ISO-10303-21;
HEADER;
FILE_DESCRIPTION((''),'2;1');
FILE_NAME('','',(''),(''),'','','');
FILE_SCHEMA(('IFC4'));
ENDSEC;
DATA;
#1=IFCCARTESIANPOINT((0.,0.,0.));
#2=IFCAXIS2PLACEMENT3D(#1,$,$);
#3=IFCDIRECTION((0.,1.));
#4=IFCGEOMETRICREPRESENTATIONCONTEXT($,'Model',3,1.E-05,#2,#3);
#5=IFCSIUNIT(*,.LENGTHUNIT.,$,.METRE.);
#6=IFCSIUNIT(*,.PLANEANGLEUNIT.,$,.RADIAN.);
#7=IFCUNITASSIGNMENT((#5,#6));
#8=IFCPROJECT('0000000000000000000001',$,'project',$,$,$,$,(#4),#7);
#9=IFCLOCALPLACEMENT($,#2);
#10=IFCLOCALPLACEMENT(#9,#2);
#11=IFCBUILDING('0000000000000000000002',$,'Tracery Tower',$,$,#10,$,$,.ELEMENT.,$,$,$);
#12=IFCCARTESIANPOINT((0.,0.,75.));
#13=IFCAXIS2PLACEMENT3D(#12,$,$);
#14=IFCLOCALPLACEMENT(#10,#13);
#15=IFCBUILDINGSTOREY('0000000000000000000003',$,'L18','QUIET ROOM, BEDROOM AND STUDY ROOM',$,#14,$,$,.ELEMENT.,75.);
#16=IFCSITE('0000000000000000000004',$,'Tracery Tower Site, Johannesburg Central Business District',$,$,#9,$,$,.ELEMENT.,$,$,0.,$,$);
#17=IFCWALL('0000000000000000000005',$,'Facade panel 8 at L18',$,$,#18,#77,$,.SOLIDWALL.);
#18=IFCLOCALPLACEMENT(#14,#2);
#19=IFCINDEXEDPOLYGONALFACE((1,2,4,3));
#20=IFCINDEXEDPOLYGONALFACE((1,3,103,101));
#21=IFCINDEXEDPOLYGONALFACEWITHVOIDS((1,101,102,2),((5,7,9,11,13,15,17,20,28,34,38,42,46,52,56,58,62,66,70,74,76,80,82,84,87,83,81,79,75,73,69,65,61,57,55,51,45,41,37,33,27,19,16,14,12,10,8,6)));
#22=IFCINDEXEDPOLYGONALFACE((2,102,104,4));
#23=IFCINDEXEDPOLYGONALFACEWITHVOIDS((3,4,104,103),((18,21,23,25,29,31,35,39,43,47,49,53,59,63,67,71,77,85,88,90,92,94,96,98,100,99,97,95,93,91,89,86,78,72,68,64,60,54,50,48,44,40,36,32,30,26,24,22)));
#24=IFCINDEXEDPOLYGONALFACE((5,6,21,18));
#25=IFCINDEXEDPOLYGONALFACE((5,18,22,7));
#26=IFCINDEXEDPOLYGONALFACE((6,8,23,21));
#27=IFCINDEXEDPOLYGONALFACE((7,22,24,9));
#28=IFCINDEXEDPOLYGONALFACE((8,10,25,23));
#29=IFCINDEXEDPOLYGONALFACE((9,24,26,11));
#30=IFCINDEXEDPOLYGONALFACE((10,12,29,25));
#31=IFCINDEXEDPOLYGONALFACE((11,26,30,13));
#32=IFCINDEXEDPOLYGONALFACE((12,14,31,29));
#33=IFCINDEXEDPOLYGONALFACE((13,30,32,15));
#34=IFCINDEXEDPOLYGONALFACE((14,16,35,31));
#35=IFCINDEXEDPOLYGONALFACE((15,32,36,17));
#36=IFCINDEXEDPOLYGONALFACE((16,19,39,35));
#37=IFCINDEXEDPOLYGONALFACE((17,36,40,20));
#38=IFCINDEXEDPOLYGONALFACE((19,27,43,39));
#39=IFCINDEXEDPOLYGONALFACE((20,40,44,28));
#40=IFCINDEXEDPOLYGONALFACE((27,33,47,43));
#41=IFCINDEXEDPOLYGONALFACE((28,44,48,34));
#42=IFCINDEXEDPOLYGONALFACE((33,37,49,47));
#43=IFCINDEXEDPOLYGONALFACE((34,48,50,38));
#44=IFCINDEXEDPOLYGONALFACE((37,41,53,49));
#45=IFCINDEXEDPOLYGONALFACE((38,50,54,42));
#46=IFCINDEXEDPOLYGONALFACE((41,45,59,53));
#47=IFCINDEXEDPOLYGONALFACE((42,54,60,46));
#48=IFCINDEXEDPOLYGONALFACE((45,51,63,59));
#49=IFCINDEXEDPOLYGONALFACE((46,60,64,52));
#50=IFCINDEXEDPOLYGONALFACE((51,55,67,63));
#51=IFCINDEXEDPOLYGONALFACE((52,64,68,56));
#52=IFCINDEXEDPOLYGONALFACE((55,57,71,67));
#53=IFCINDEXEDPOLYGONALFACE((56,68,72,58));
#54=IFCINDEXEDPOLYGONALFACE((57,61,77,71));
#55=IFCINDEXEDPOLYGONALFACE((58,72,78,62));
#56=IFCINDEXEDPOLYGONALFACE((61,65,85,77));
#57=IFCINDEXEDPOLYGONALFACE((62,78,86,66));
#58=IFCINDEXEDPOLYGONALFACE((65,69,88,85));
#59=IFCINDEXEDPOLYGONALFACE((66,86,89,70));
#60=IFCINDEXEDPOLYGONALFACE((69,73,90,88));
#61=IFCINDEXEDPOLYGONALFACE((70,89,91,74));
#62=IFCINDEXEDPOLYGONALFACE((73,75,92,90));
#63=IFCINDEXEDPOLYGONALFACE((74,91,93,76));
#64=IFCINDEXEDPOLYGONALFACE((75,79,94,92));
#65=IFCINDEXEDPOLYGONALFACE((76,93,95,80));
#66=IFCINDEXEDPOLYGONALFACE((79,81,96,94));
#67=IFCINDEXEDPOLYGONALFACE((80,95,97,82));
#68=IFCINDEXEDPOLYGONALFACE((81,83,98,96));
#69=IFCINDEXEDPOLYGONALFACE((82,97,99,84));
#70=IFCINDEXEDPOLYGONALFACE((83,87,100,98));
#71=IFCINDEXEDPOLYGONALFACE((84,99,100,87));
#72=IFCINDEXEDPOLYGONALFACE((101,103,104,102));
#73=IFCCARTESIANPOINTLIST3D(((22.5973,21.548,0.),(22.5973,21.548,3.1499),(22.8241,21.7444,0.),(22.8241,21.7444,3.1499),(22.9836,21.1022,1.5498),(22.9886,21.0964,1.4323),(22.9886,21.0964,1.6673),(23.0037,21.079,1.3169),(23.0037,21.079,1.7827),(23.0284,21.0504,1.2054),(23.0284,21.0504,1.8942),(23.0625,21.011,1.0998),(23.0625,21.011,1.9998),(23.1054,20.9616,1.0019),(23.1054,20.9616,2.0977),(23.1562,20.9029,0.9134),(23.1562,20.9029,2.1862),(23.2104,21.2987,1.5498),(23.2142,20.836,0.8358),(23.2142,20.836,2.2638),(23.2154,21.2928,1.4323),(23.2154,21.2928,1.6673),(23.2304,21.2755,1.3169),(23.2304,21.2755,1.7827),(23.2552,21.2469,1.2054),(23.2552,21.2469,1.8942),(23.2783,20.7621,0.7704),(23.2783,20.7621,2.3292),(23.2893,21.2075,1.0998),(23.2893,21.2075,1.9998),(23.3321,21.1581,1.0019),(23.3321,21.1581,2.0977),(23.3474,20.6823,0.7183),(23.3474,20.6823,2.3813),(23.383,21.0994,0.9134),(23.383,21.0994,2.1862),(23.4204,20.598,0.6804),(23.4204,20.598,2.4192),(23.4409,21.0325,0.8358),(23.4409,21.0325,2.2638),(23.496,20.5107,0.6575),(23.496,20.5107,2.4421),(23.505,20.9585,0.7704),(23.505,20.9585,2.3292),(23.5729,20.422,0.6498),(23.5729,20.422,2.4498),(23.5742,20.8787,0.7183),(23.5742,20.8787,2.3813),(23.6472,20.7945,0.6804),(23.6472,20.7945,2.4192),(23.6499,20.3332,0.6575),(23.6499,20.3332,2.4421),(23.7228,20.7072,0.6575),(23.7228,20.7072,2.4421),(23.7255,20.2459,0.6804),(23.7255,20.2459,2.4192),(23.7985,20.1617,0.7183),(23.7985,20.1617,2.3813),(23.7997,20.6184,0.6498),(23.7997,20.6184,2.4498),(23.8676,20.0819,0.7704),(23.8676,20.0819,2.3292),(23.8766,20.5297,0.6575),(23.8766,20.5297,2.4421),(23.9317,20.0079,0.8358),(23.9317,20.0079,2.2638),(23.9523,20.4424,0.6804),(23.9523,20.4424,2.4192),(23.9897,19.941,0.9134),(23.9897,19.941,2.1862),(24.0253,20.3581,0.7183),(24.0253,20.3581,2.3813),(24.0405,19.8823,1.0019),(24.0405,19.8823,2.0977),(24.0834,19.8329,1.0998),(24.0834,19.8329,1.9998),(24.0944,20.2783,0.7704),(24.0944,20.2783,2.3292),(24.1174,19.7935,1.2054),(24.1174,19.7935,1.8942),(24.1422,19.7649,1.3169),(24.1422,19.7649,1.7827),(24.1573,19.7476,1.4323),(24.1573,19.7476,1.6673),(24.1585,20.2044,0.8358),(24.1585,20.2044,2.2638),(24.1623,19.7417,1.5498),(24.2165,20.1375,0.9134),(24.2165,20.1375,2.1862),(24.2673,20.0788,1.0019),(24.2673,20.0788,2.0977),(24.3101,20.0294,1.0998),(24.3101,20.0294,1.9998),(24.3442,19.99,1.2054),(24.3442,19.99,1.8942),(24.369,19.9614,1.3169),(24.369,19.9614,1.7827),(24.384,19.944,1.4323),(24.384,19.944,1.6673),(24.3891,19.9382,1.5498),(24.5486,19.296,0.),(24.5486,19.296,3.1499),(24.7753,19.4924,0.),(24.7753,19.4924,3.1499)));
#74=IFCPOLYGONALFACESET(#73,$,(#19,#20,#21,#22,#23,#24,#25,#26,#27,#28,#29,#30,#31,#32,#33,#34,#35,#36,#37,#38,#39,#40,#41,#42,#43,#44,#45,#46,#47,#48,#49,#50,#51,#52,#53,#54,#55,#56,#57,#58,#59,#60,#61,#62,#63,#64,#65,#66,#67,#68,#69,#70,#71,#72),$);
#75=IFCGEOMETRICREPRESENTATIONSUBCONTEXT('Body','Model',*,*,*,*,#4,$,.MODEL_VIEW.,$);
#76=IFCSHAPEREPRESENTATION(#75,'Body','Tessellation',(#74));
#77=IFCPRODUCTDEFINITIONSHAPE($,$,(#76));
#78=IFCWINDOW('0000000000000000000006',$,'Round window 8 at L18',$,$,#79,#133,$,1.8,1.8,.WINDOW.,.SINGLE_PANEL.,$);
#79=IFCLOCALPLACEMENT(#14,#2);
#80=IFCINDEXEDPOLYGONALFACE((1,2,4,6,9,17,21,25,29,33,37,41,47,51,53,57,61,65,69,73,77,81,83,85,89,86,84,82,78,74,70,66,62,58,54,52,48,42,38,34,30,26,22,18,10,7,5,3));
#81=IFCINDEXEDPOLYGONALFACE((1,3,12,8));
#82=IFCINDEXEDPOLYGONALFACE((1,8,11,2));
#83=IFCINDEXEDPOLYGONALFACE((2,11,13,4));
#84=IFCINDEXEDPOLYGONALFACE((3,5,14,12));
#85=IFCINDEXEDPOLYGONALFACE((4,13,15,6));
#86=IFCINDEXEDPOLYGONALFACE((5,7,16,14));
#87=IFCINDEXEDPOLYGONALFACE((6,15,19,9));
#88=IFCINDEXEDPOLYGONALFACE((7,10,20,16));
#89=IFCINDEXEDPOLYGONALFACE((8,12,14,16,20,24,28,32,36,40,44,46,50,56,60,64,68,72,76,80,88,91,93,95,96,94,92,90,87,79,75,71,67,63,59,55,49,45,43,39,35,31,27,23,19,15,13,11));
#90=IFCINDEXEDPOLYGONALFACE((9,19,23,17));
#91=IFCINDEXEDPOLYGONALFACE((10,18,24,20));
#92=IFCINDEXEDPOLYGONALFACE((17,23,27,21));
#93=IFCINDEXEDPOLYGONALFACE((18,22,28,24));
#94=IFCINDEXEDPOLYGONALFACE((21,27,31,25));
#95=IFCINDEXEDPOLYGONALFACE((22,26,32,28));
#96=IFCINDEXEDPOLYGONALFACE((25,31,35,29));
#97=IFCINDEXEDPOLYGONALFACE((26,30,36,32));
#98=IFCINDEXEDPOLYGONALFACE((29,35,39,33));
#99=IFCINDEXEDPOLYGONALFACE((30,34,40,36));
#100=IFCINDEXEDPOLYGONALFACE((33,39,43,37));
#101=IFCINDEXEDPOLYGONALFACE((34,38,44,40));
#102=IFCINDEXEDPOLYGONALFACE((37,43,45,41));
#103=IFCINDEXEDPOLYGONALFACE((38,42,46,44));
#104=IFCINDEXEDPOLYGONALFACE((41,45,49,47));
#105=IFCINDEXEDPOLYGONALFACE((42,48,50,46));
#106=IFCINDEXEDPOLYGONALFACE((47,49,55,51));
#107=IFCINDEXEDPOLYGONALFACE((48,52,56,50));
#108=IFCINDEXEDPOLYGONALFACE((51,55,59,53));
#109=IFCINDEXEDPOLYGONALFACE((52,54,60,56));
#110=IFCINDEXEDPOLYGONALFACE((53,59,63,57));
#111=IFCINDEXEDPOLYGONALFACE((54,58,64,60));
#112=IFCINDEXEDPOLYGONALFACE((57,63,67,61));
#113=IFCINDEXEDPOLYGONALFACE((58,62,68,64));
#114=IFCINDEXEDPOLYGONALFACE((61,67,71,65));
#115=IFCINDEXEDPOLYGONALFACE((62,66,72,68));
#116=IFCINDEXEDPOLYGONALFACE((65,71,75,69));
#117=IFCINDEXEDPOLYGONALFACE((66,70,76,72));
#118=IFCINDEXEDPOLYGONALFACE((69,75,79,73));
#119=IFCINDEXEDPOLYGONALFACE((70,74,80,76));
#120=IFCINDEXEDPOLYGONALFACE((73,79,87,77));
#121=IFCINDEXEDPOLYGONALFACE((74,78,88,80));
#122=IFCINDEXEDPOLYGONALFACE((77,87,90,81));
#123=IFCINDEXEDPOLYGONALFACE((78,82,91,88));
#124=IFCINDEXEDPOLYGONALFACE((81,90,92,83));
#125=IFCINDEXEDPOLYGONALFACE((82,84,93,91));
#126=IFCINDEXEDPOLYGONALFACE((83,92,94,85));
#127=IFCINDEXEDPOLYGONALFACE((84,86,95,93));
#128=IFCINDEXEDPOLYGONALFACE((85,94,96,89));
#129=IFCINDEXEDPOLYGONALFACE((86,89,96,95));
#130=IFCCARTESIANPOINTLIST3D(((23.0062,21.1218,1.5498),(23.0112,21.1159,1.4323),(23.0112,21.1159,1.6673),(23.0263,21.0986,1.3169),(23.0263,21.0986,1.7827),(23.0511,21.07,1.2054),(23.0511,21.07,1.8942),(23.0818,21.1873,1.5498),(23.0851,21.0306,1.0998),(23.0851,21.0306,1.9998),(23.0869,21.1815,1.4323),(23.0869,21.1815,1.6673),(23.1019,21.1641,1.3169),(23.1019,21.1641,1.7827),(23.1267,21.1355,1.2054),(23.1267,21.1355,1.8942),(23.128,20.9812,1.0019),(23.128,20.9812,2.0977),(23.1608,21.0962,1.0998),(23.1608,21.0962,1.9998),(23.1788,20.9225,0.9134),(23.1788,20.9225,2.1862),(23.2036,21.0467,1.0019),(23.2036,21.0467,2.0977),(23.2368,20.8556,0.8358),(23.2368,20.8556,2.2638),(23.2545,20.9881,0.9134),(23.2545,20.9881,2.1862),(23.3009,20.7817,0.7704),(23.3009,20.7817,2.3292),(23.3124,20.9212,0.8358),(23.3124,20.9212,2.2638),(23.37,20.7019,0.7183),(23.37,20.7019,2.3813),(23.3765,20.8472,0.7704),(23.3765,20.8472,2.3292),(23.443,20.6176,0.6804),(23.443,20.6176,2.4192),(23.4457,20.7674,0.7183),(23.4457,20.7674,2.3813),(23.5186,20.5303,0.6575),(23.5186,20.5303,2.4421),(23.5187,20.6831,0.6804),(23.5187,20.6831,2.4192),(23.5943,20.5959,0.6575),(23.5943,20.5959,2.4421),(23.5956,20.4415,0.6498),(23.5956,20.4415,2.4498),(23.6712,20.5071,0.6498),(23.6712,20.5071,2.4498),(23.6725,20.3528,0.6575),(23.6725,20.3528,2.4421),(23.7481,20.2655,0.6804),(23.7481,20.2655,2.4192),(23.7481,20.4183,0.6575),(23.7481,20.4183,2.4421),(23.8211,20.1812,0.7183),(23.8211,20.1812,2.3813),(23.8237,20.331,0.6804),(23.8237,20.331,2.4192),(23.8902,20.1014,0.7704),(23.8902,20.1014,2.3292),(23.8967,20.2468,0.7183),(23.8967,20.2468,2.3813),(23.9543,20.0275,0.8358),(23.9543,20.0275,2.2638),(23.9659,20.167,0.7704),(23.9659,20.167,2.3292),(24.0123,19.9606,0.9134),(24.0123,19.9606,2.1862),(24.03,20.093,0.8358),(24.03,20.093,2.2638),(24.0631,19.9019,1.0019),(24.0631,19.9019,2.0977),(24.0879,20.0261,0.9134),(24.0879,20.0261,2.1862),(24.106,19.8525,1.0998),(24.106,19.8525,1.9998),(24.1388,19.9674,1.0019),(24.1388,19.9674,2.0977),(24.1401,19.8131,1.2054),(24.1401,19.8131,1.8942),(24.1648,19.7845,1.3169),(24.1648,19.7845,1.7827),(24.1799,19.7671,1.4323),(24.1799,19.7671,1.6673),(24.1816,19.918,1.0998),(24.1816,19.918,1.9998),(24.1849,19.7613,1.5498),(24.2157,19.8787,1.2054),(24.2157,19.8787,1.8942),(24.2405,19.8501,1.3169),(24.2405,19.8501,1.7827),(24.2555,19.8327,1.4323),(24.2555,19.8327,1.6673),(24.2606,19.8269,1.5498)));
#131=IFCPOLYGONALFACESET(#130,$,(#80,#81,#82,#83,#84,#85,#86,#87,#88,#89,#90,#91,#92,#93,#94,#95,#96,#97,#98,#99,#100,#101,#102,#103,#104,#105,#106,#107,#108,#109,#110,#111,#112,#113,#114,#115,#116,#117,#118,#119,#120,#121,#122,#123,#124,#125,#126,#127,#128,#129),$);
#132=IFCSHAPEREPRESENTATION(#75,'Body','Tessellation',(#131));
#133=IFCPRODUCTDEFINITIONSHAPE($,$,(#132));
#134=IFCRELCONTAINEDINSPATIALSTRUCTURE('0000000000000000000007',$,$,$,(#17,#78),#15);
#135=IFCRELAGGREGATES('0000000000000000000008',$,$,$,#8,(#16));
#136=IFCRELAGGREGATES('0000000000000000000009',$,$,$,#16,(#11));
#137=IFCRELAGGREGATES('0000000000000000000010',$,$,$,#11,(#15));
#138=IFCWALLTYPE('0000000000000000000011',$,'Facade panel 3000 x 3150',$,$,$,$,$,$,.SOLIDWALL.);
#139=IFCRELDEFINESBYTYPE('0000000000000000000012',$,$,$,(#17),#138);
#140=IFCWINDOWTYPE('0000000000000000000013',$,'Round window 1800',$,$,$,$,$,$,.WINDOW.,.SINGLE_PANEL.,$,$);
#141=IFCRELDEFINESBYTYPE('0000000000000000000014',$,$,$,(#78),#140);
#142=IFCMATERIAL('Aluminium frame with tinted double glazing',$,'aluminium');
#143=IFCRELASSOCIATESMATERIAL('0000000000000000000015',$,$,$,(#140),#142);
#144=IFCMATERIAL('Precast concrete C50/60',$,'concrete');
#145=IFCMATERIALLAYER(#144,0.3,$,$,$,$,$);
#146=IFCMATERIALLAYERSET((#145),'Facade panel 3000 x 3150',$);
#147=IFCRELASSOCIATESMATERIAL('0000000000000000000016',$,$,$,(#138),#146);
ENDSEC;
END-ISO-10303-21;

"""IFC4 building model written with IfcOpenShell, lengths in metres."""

from ifc_helpers import new_model, si_unit, direction, frame, frame_2d, origin, origin_2d, place, context, subcontext, project, spatial, rectangle, circle, extrude, material, layer, layer_set, type_object, element, fill, save


model = new_model("IFC4")

# Units and contexts
model_context = context("Model", 3, precision=1e-05, world=origin(), true_north=direction((0.0, 1.0)))
body_context = subcontext(model_context, "Body", "Model", "MODEL_VIEW")
ifc_project = project(units=[si_unit("LENGTHUNIT", "METRE"), si_unit("PLANEANGLEUNIT", "RADIAN")], contexts=[model_context])

# Site, building, storey
site_placement = place(None, origin())
site = spatial("IfcSite", under=ifc_project, at=site_placement, Name="Tracery Tower Site, Johannesburg Central Business District", CompositionType="ELEMENT", RefElevation=0.0)
building_placement = place(site_placement, origin())
building = spatial("IfcBuilding", under=site, at=building_placement, Name="Tracery Tower", CompositionType="ELEMENT")
storey_placement = place(building_placement, frame((0.0, 0.0, 75.0)))
storey = spatial("IfcBuildingStorey", under=building, at=storey_placement, Name="L18", Description="QUIET ROOM, BEDROOM AND STUDY ROOM", CompositionType="ELEMENT", Elevation=75.0)

# Wall, opening, window
ifc_material_1 = material(Name="Aluminium frame with tinted double glazing", Category="aluminium")
window_type = type_object("IfcWindowType", Name="Round window 1800", PartitioningType="SINGLE_PANEL", PredefinedType="WINDOW", material=ifc_material_1)
ifc_material_2 = material(Name="Precast concrete C50/60", Category="concrete")
ifc_layer_1 = layer(ifc_material_2, 0.3)
ifc_layer_set_1 = layer_set([ifc_layer_1], Name="Facade panel 3000 x 3150")
wall_type_1 = type_object("IfcWallType", Name="Facade panel 3000 x 3150", PredefinedType="SOLIDWALL", material=ifc_layer_set_1)
wall_1_placement = place(storey_placement, frame((24.6619, 19.3943, 0.0), z_axis=(0.0, 0.0, 1.0), x_axis=(-0.654831, 0.755776, 0.0)))
wall_1 = element("IfcWall", 1, at=wall_1_placement, inside=storey, type_object=wall_type_1, Name="Facade panel 8 at L18", PredefinedType="SOLIDWALL", context=body_context, shape_type="SweptSolid", body=[
    extrude(rectangle(XDim=2.9797, YDim=0.3, at=frame_2d((1.4897, 0.0))), origin(), (0.0, 0.0, 1.0), 3.1499),
])
opening_1_placement = place(wall_1_placement, frame((1.4897, 0.0, 1.5498)))
opening_1 = element("IfcOpeningElement", 2, at=opening_1_placement, cuts=wall_1, PredefinedType="OPENING", context=body_context, shape_type="SweptSolid", body=[
    extrude(circle(Radius=0.9, at=origin_2d()), frame((0.0, 0.1599, 0.0), z_axis=(0.0, -1.0, 0.0), x_axis=(1.0, 0.0, 0.0)), (0.0, 0.0, 1.0), 0.3201),
])
window_1_placement = place(opening_1_placement, origin())
window_1 = element("IfcWindow", 3, at=window_1_placement, inside=storey, type_object=window_type, Name="Round window 8 at L18", OverallHeight=1.8, OverallWidth=1.8, PartitioningType="SINGLE_PANEL", PredefinedType="WINDOW", context=body_context, shape_type="SweptSolid", body=[
    extrude(circle(Radius=0.9, at=origin_2d()), frame((0.0, 0.1201, 0.0), z_axis=(0.0, -1.0, 0.0), x_axis=(1.0, 0.0, 0.0)), (0.0, 0.0, 1.0), 0.1001),
])
fill(opening_1, window_1)

save(model, "model.ifc")
